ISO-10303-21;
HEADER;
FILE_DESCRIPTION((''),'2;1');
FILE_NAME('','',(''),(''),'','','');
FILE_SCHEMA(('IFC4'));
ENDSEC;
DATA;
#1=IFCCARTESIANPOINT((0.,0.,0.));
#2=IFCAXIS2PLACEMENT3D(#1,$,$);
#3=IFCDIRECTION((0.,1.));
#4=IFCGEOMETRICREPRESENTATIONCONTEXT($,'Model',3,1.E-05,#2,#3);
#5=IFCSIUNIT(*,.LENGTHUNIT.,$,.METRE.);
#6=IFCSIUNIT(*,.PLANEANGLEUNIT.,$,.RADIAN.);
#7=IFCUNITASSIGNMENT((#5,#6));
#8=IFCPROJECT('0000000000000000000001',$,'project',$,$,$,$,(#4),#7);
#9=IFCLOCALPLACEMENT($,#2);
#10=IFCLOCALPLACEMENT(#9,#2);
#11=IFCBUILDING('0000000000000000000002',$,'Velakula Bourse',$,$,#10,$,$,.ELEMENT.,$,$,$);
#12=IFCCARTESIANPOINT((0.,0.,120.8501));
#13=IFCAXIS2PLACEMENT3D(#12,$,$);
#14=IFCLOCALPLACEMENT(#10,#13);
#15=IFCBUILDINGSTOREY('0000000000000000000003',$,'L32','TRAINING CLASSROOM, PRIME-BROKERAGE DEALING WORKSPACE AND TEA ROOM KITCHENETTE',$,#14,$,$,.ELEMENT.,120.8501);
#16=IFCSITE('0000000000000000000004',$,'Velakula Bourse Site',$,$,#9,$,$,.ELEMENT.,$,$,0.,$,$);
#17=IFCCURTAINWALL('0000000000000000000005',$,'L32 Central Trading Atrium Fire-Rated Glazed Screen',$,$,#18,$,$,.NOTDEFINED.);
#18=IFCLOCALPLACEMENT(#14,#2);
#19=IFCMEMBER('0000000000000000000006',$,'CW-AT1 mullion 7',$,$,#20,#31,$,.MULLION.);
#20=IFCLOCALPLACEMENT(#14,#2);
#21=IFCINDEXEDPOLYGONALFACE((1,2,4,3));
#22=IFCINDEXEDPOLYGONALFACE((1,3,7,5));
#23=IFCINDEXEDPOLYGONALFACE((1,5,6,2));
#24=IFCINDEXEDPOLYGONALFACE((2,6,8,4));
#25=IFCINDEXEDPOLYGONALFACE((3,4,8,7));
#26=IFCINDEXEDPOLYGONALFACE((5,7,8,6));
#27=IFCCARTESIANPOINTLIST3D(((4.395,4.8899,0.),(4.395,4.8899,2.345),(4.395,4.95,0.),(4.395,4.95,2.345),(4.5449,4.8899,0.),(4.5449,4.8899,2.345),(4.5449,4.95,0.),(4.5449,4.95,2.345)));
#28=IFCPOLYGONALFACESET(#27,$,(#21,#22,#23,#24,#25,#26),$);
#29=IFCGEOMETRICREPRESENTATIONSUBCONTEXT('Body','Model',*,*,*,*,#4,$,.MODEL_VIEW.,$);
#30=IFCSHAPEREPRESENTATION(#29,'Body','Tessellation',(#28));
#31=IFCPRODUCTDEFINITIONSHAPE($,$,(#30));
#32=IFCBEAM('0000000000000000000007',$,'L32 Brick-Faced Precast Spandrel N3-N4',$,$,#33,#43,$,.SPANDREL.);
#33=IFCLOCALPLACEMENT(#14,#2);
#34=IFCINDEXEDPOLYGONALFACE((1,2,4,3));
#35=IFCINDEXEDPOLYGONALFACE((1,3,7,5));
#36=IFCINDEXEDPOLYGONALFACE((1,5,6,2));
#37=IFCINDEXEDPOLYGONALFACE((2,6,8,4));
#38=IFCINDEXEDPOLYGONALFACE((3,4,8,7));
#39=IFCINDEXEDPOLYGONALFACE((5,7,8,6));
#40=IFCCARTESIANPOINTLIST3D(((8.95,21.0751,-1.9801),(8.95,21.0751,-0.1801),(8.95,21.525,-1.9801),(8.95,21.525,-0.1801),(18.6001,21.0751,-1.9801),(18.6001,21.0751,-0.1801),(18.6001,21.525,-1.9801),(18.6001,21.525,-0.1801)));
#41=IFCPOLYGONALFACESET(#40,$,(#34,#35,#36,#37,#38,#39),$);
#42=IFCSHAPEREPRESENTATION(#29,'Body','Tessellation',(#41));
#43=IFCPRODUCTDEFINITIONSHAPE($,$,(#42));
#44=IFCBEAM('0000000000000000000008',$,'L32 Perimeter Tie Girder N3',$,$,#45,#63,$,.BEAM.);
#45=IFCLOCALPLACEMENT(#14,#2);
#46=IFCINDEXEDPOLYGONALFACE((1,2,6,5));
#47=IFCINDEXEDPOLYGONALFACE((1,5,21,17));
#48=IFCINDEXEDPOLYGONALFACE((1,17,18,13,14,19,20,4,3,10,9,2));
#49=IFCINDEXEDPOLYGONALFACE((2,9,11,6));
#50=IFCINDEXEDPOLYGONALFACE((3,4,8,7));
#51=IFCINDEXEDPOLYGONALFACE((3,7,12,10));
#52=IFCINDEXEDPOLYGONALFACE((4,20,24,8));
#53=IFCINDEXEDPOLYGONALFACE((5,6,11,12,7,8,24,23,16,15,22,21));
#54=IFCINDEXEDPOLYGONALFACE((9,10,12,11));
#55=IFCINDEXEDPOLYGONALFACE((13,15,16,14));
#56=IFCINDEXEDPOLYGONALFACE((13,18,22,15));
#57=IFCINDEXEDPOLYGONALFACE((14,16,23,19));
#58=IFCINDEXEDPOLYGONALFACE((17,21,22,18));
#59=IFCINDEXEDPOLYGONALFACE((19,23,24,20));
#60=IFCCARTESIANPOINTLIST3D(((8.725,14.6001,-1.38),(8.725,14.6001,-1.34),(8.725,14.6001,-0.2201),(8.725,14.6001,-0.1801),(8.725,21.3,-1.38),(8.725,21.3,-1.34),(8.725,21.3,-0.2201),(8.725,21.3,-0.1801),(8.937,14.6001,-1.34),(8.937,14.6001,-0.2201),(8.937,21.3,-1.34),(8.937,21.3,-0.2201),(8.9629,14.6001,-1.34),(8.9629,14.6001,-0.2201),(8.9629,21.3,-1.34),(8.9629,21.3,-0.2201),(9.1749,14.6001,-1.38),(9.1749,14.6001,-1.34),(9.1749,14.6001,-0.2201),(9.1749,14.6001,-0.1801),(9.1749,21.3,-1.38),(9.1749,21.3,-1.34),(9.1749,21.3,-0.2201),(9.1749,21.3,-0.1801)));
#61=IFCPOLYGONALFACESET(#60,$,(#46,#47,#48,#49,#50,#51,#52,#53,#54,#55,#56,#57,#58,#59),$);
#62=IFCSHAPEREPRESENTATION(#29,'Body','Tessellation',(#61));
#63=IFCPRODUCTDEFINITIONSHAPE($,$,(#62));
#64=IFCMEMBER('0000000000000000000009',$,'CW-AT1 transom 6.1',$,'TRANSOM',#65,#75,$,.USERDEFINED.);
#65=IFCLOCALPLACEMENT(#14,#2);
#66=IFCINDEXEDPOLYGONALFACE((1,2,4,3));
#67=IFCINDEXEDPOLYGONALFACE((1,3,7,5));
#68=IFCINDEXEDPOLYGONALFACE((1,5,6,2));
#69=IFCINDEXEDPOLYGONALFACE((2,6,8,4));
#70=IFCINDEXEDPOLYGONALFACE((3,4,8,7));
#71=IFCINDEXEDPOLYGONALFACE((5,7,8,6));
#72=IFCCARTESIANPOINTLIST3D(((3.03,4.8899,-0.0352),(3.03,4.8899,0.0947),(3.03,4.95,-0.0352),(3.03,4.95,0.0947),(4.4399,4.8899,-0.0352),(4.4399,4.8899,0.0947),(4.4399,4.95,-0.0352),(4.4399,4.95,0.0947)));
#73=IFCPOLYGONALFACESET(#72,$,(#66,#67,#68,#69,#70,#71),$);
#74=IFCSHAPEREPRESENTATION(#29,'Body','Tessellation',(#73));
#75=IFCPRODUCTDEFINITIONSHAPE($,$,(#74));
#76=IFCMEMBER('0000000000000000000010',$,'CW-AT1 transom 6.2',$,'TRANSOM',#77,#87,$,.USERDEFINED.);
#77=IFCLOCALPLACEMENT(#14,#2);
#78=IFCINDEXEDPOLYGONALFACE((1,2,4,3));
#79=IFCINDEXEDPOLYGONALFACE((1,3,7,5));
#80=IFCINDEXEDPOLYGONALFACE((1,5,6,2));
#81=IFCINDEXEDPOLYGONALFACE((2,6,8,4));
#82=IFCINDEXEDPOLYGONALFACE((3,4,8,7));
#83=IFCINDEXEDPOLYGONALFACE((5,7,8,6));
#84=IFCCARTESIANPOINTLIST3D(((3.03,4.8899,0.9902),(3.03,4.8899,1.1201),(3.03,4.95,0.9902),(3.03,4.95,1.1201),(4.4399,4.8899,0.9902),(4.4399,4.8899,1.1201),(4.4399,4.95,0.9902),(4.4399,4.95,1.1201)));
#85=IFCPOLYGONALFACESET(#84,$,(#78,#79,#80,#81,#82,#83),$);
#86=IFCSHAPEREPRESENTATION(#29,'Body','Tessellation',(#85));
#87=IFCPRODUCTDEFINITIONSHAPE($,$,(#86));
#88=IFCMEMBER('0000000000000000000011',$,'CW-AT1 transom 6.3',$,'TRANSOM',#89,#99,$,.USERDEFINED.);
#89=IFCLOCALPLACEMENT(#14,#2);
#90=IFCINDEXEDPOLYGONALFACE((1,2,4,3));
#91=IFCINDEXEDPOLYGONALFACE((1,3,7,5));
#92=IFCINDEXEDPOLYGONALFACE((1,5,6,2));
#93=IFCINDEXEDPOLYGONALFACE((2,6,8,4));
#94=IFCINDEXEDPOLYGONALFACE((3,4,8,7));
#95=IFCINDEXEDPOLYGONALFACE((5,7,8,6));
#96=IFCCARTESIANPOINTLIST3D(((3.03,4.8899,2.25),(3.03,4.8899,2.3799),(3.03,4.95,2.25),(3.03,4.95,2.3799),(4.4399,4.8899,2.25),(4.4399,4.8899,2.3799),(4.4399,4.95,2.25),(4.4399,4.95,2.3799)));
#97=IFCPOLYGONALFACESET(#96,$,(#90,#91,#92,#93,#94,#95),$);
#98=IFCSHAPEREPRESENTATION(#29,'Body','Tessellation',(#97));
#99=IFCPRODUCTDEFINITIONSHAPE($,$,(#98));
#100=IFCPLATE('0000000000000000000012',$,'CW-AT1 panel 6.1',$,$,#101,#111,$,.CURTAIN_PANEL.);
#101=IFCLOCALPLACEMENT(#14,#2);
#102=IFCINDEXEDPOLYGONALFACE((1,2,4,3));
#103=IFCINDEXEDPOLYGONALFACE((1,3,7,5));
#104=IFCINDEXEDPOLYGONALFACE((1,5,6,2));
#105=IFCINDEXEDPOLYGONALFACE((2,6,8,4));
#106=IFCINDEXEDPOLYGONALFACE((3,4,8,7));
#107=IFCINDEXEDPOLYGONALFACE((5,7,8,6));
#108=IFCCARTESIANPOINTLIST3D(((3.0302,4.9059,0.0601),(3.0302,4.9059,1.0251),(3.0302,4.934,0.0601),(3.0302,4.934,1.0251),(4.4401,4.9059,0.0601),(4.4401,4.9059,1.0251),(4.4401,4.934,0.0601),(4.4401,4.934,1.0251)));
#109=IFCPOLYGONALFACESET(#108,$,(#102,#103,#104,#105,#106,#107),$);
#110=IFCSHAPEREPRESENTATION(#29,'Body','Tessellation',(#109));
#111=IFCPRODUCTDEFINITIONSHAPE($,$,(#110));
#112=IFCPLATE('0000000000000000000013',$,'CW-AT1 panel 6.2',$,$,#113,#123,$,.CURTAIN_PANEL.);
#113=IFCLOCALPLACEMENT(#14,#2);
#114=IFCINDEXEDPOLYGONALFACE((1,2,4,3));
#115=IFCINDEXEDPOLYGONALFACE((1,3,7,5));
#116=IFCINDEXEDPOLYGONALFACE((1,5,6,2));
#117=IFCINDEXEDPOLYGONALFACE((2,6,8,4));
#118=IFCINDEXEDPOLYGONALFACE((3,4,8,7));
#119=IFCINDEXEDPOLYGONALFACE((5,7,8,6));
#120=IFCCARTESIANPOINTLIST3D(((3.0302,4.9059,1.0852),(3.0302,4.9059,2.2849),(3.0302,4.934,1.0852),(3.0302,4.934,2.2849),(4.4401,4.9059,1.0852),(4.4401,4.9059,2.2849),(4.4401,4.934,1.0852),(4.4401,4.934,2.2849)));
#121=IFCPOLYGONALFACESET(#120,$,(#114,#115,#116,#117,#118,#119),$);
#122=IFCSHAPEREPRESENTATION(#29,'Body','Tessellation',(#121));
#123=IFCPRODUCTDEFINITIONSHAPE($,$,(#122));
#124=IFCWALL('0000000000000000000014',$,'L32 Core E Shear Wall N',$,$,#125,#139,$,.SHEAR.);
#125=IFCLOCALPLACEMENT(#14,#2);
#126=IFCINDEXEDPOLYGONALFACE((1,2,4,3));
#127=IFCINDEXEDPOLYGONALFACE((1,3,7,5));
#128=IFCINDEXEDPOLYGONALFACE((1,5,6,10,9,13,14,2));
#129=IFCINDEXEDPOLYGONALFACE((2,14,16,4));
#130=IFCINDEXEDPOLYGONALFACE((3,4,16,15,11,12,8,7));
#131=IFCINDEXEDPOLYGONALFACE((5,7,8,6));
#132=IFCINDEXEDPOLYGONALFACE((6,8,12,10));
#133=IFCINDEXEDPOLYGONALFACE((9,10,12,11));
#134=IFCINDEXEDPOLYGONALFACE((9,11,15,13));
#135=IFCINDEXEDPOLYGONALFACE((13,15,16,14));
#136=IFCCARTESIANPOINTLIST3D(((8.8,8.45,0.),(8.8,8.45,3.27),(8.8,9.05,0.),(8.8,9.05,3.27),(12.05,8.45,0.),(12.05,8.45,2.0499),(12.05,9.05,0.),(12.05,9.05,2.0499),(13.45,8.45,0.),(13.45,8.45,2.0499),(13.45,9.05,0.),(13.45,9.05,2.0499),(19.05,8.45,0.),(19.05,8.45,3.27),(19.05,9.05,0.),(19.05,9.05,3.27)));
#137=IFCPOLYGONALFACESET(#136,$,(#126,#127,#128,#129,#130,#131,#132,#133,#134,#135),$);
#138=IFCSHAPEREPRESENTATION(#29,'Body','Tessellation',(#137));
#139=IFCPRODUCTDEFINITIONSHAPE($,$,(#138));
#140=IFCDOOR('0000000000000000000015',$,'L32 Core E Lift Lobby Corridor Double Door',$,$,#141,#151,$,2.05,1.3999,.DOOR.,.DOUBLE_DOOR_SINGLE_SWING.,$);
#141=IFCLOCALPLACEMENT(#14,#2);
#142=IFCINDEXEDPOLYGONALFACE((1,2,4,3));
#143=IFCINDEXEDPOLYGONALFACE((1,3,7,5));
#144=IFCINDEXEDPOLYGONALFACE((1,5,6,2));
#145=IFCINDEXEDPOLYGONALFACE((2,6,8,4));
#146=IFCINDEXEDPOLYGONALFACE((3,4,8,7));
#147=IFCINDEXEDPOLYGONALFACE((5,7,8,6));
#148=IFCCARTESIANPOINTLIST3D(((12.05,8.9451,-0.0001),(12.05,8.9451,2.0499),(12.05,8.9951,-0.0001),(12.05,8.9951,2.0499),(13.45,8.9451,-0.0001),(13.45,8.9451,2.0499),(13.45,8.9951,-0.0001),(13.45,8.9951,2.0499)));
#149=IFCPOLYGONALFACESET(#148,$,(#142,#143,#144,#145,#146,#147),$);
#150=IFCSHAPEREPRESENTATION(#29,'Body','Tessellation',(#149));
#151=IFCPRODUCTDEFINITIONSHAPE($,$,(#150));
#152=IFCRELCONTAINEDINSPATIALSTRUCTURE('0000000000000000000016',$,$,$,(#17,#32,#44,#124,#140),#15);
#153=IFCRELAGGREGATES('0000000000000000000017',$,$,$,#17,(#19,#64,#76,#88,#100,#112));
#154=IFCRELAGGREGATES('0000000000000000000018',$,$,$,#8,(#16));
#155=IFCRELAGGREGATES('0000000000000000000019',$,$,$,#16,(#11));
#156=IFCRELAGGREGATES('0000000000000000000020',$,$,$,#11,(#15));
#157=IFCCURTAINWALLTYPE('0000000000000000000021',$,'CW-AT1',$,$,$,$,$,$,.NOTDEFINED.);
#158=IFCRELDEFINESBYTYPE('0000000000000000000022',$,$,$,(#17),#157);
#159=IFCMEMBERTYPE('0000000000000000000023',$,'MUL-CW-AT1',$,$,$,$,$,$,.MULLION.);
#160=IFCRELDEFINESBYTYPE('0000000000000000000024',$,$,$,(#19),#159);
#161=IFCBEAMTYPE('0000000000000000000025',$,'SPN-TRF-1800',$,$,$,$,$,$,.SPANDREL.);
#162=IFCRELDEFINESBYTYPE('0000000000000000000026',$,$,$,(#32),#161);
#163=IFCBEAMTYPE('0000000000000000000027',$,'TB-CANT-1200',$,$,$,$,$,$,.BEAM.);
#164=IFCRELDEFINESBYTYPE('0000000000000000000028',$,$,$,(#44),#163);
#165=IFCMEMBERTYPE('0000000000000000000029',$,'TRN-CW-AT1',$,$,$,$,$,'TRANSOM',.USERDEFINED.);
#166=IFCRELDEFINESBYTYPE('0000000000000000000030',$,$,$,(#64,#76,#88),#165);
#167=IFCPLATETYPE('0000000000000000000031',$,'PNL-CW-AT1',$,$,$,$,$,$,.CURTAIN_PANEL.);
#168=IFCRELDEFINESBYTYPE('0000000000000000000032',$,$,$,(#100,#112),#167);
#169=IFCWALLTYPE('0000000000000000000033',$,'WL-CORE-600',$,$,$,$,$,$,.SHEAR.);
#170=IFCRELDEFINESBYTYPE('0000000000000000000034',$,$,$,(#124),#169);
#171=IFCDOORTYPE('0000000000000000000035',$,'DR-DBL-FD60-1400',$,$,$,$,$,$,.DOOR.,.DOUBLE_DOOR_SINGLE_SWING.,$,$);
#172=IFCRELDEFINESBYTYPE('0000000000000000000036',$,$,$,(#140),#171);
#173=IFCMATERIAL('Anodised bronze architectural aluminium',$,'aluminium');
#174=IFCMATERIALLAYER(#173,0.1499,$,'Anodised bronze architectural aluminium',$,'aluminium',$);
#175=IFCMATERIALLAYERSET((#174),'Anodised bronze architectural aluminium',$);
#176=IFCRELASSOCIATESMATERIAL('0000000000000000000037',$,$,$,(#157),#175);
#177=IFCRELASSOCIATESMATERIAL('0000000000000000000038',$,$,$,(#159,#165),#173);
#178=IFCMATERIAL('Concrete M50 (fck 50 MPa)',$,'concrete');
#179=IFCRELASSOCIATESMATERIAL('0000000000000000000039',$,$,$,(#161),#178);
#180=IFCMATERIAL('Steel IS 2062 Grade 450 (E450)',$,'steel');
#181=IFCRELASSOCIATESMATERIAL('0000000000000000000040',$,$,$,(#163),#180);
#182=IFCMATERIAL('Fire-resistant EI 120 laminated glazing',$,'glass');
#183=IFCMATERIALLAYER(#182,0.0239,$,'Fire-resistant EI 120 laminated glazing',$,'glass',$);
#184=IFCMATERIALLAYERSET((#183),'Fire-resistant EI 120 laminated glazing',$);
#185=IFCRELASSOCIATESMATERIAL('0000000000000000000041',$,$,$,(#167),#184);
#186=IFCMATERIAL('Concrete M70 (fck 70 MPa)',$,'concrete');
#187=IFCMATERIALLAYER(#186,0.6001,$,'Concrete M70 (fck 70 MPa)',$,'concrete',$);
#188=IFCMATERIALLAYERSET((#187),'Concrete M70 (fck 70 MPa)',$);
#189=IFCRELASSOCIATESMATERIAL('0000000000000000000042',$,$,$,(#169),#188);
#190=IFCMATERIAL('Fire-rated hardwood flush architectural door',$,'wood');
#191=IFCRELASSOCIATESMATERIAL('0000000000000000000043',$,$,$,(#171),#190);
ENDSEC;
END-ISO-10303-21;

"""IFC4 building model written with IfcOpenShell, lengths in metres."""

from ifc_helpers import new_model, si_unit, direction, frame, frame_2d, origin, origin_2d, place, context, subcontext, project, spatial, rectangle, i_section, extrude, material, layer, layer_set, material_profile, profile_set, type_object, element, fill, aggregate, save


model = new_model("IFC4")

# Units and contexts
model_context = context("Model", 3, precision=1e-05, world=origin(), true_north=direction((0.0, 1.0)))
body_context = subcontext(model_context, "Body", "Model", "MODEL_VIEW")
ifc_project = project(units=[si_unit("LENGTHUNIT", "METRE"), si_unit("PLANEANGLEUNIT", "RADIAN")], contexts=[model_context])

# Site, building, storey
site_placement = place(None, origin())
site = spatial("IfcSite", under=ifc_project, at=site_placement, Name="Velakula Bourse Site", CompositionType="ELEMENT", RefElevation=0.0)
building_placement = place(site_placement, origin())
building = spatial("IfcBuilding", under=site, at=building_placement, Name="Velakula Bourse", CompositionType="ELEMENT")
storey_placement = place(building_placement, frame((0.0, 0.0, 120.8501)))
storey = spatial("IfcBuildingStorey", under=building, at=storey_placement, Name="L32", Description="TRAINING CLASSROOM, PRIME-BROKERAGE DEALING WORKSPACE AND TEA ROOM KITCHENETTE", CompositionType="ELEMENT", Elevation=120.8501)

# Shared definitions
ifc_material_1 = material(Name="Concrete M70 (fck 70 MPa)", Category="concrete")

# Curtain wall, member
ifc_material_2 = material(Name="Anodised bronze architectural aluminium", Category="aluminium")
ifc_layer_1 = layer(ifc_material_2, 0.1499, Name="Anodised bronze architectural aluminium", Category="aluminium")
ifc_layer_set_1 = layer_set([ifc_layer_1], Name="Anodised bronze architectural aluminium")
curtain_wall_type = type_object("IfcCurtainWallType", Name="CW-AT1", PredefinedType="NOTDEFINED", material=ifc_layer_set_1)
curtain_wall_placement = place(storey_placement, origin())
curtain_wall = element("IfcCurtainWall", 1, at=curtain_wall_placement, inside=storey, type_object=curtain_wall_type, Name="L32 Central Trading Atrium Fire-Rated Glazed Screen", PredefinedType="NOTDEFINED")
ifc_material_profile_1 = material_profile(ifc_material_2, rectangle(XDim=0.0601, YDim=0.1499, at=origin_2d()), Name="Anodised bronze architectural aluminium")
ifc_profile_set_1 = profile_set([ifc_material_profile_1], Name="Anodised bronze architectural aluminium")
member_type_1 = type_object("IfcMemberType", Name="MUL-CW-AT1", PredefinedType="MULLION", material=ifc_profile_set_1)
member_1_placement = place(storey_placement, frame((4.47, 4.9199, 0.0), z_axis=(0.0, 0.0, 1.0), x_axis=(0.0, 1.0, 0.0)))
member_1 = element("IfcMember", 2, at=member_1_placement, type_object=member_type_1, Name="CW-AT1 mullion 7", PredefinedType="MULLION", context=body_context, shape_type="SweptSolid", body=[
    extrude(rectangle(XDim=0.0601, YDim=0.1499, at=origin_2d()), origin(), (0.0, 0.0, 1.0), 2.345),
])

# Beams
ifc_material_3 = material(Name="Concrete M50 (fck 50 MPa)", Category="concrete")
ifc_material_profile_2 = material_profile(ifc_material_3, rectangle(XDim=0.45, YDim=1.8, at=origin_2d()), Name="Concrete M50 (fck 50 MPa)")
ifc_profile_set_2 = profile_set([ifc_material_profile_2], Name="Concrete M50 (fck 50 MPa)")
beam_type_1 = type_object("IfcBeamType", Name="SPN-TRF-1800", PredefinedType="SPANDREL", material=ifc_profile_set_2)
beam_1_placement = place(storey_placement, frame((8.95, 21.3, -1.0801), z_axis=(1.0, 0.0, 0.0), x_axis=(0.0, 1.0, 0.0)))
element("IfcBeam", 3, at=beam_1_placement, inside=storey, type_object=beam_type_1, Name="L32 Brick-Faced Precast Spandrel N3-N4", PredefinedType="SPANDREL", context=body_context, shape_type="SweptSolid", body=[
    extrude(rectangle(XDim=0.45, YDim=1.8, at=origin_2d()), origin(), (0.0, 0.0, 1.0), 9.6501),
])
ifc_material_4 = material(Name="Steel IS 2062 Grade 450 (E450)", Category="steel")
ifc_material_profile_3 = material_profile(ifc_material_4, i_section(OverallWidth=0.45, OverallDepth=1.2, WebThickness=0.0259, FlangeThickness=0.04, at=origin_2d()), Name="Steel IS 2062 Grade 450 (E450)")
ifc_profile_set_3 = profile_set([ifc_material_profile_3], Name="Steel IS 2062 Grade 450 (E450)")
beam_type_2 = type_object("IfcBeamType", Name="TB-CANT-1200", PredefinedType="BEAM", material=ifc_profile_set_3)
beam_2_placement = place(storey_placement, frame((8.95, 14.6001, -0.78), z_axis=(0.0, 1.0, 0.0), x_axis=(-1.0, 0.0, 0.0)))
element("IfcBeam", 4, at=beam_2_placement, inside=storey, type_object=beam_type_2, Name="L32 Perimeter Tie Girder N3", PredefinedType="BEAM", context=body_context, shape_type="SweptSolid", body=[
    extrude(i_section(OverallWidth=0.45, OverallDepth=1.2, WebThickness=0.0259, FlangeThickness=0.04, at=origin_2d()), origin(), (0.0, 0.0, 1.0), 6.7),
])

# Members
ifc_material_profile_4 = material_profile(ifc_material_2, rectangle(XDim=0.0601, YDim=0.1299, at=origin_2d()), Name="Anodised bronze architectural aluminium")
ifc_profile_set_4 = profile_set([ifc_material_profile_4], Name="Anodised bronze architectural aluminium")
member_type_2 = type_object("IfcMemberType", Name="TRN-CW-AT1", ElementType="TRANSOM", PredefinedType="USERDEFINED", material=ifc_profile_set_4)
member_2_placement = place(storey_placement, frame((3.03, 4.9199, 0.0298), z_axis=(1.0, 0.0, 0.0), x_axis=(0.0, 1.0, 0.0)))
member_2 = element("IfcMember", 5, at=member_2_placement, type_object=member_type_2, Name="CW-AT1 transom 6.1", ObjectType="TRANSOM", PredefinedType="USERDEFINED", context=body_context, shape_type="SweptSolid", body=[
    extrude(rectangle(XDim=0.0601, YDim=0.1299, at=origin_2d()), origin(), (0.0, 0.0, 1.0), 1.4099),
])
member_3_placement = place(storey_placement, frame((3.03, 4.9199, 1.0552), z_axis=(1.0, 0.0, 0.0), x_axis=(0.0, 1.0, 0.0)))
member_3 = element("IfcMember", 6, at=member_3_placement, type_object=member_type_2, Name="CW-AT1 transom 6.2", ObjectType="TRANSOM", PredefinedType="USERDEFINED", context=body_context, shape_type="SweptSolid", body=[
    extrude(rectangle(XDim=0.0601, YDim=0.1299, at=origin_2d()), origin(), (0.0, 0.0, 1.0), 1.4099),
])
member_4_placement = place(storey_placement, frame((3.03, 4.9199, 2.3149), z_axis=(1.0, 0.0, 0.0), x_axis=(0.0, 1.0, 0.0)))
member_4 = element("IfcMember", 7, at=member_4_placement, type_object=member_type_2, Name="CW-AT1 transom 6.3", ObjectType="TRANSOM", PredefinedType="USERDEFINED", context=body_context, shape_type="SweptSolid", body=[
    extrude(rectangle(XDim=0.0601, YDim=0.1299, at=origin_2d()), origin(), (0.0, 0.0, 1.0), 1.4099),
])

# Plates
ifc_material_5 = material(Name="Fire-resistant EI 120 laminated glazing", Category="glass")
ifc_layer_2 = layer(ifc_material_5, 0.0239, Name="Fire-resistant EI 120 laminated glazing", Category="glass")
ifc_layer_set_2 = layer_set([ifc_layer_2], Name="Fire-resistant EI 120 laminated glazing")
plate_type = type_object("IfcPlateType", Name="PNL-CW-AT1", PredefinedType="CURTAIN_PANEL", material=ifc_layer_set_2)
plate_1_placement = place(storey_placement, frame((3.7351, 4.9199, 0.0601), z_axis=(0.0, 0.0, 1.0), x_axis=(1.0, 0.0, 0.0)))
plate_1 = element("IfcPlate", 8, at=plate_1_placement, type_object=plate_type, Name="CW-AT1 panel 6.1", PredefinedType="CURTAIN_PANEL", context=body_context, shape_type="SweptSolid", body=[
    extrude(rectangle(XDim=1.4099, YDim=0.0281, at=origin_2d()), origin(), (0.0, 0.0, 1.0), 0.9651),
])
plate_2_placement = place(storey_placement, frame((3.7351, 4.9199, 1.0852), z_axis=(0.0, 0.0, 1.0), x_axis=(1.0, 0.0, 0.0)))
plate_2 = element("IfcPlate", 9, at=plate_2_placement, type_object=plate_type, Name="CW-AT1 panel 6.2", PredefinedType="CURTAIN_PANEL", context=body_context, shape_type="SweptSolid", body=[
    extrude(rectangle(XDim=1.4099, YDim=0.0281, at=origin_2d()), origin(), (0.0, 0.0, 1.0), 1.1997),
])
aggregate(curtain_wall, [member_1, member_2, member_3, member_4, plate_1, plate_2])

# Wall, opening, door
ifc_layer_3 = layer(ifc_material_1, 0.6001, Name="Concrete M70 (fck 70 MPa)", Category="concrete")
ifc_layer_set_3 = layer_set([ifc_layer_3], Name="Concrete M70 (fck 70 MPa)")
wall_type_1 = type_object("IfcWallType", Name="WL-CORE-600", PredefinedType="SHEAR", material=ifc_layer_set_3)
wall_1_placement = place(storey_placement, frame((8.8, 8.75, 0.0), z_axis=(0.0, 0.0, 1.0), x_axis=(1.0, 0.0, 0.0)))
wall_1 = element("IfcWall", 10, at=wall_1_placement, inside=storey, type_object=wall_type_1, Name="L32 Core E Shear Wall N", PredefinedType="SHEAR", context=body_context, shape_type="SweptSolid", body=[
    extrude(rectangle(XDim=10.25, YDim=0.6001, at=frame_2d((5.125, 0.0))), origin(), (0.0, 0.0, 1.0), 3.27),
])
opening_1_placement = place(wall_1_placement, frame((3.25, 0.0, 0.0)))
opening_1 = element("IfcOpeningElement", 11, at=opening_1_placement, cuts=wall_1, PredefinedType="OPENING", context=body_context, shape_type="SweptSolid", body=[
    extrude(rectangle(XDim=1.3999, YDim=2.05, at=frame_2d((0.7, 1.0249))), frame((0.0, 0.3101, 0.0), z_axis=(0.0, -1.0, 0.0), x_axis=(1.0, 0.0, 0.0)), (0.0, 0.0, 1.0), 0.6201),
])
ifc_material_6 = material(Name="Fire-rated hardwood flush architectural door", Category="wood")
door_type = type_object("IfcDoorType", Name="DR-DBL-FD60-1400", OperationType="DOUBLE_DOOR_SINGLE_SWING", PredefinedType="DOOR", material=ifc_material_6)
door_placement = place(opening_1_placement, origin())
door = element("IfcDoor", 12, at=door_placement, inside=storey, type_object=door_type, Name="L32 Core E Lift Lobby Corridor Double Door", OperationType="DOUBLE_DOOR_SINGLE_SWING", OverallHeight=2.05, OverallWidth=1.3999, PredefinedType="DOOR", context=body_context, shape_type="SweptSolid", body=[
    extrude(rectangle(XDim=1.3999, YDim=2.05, at=frame_2d((0.7, 1.0249))), frame((0.0, 0.2451, 0.0), z_axis=(0.0, -1.0, 0.0), x_axis=(1.0, 0.0, 0.0)), (0.0, 0.0, 1.0), 0.05),
])
fill(opening_1, door)

save(model, "model.ifc")
